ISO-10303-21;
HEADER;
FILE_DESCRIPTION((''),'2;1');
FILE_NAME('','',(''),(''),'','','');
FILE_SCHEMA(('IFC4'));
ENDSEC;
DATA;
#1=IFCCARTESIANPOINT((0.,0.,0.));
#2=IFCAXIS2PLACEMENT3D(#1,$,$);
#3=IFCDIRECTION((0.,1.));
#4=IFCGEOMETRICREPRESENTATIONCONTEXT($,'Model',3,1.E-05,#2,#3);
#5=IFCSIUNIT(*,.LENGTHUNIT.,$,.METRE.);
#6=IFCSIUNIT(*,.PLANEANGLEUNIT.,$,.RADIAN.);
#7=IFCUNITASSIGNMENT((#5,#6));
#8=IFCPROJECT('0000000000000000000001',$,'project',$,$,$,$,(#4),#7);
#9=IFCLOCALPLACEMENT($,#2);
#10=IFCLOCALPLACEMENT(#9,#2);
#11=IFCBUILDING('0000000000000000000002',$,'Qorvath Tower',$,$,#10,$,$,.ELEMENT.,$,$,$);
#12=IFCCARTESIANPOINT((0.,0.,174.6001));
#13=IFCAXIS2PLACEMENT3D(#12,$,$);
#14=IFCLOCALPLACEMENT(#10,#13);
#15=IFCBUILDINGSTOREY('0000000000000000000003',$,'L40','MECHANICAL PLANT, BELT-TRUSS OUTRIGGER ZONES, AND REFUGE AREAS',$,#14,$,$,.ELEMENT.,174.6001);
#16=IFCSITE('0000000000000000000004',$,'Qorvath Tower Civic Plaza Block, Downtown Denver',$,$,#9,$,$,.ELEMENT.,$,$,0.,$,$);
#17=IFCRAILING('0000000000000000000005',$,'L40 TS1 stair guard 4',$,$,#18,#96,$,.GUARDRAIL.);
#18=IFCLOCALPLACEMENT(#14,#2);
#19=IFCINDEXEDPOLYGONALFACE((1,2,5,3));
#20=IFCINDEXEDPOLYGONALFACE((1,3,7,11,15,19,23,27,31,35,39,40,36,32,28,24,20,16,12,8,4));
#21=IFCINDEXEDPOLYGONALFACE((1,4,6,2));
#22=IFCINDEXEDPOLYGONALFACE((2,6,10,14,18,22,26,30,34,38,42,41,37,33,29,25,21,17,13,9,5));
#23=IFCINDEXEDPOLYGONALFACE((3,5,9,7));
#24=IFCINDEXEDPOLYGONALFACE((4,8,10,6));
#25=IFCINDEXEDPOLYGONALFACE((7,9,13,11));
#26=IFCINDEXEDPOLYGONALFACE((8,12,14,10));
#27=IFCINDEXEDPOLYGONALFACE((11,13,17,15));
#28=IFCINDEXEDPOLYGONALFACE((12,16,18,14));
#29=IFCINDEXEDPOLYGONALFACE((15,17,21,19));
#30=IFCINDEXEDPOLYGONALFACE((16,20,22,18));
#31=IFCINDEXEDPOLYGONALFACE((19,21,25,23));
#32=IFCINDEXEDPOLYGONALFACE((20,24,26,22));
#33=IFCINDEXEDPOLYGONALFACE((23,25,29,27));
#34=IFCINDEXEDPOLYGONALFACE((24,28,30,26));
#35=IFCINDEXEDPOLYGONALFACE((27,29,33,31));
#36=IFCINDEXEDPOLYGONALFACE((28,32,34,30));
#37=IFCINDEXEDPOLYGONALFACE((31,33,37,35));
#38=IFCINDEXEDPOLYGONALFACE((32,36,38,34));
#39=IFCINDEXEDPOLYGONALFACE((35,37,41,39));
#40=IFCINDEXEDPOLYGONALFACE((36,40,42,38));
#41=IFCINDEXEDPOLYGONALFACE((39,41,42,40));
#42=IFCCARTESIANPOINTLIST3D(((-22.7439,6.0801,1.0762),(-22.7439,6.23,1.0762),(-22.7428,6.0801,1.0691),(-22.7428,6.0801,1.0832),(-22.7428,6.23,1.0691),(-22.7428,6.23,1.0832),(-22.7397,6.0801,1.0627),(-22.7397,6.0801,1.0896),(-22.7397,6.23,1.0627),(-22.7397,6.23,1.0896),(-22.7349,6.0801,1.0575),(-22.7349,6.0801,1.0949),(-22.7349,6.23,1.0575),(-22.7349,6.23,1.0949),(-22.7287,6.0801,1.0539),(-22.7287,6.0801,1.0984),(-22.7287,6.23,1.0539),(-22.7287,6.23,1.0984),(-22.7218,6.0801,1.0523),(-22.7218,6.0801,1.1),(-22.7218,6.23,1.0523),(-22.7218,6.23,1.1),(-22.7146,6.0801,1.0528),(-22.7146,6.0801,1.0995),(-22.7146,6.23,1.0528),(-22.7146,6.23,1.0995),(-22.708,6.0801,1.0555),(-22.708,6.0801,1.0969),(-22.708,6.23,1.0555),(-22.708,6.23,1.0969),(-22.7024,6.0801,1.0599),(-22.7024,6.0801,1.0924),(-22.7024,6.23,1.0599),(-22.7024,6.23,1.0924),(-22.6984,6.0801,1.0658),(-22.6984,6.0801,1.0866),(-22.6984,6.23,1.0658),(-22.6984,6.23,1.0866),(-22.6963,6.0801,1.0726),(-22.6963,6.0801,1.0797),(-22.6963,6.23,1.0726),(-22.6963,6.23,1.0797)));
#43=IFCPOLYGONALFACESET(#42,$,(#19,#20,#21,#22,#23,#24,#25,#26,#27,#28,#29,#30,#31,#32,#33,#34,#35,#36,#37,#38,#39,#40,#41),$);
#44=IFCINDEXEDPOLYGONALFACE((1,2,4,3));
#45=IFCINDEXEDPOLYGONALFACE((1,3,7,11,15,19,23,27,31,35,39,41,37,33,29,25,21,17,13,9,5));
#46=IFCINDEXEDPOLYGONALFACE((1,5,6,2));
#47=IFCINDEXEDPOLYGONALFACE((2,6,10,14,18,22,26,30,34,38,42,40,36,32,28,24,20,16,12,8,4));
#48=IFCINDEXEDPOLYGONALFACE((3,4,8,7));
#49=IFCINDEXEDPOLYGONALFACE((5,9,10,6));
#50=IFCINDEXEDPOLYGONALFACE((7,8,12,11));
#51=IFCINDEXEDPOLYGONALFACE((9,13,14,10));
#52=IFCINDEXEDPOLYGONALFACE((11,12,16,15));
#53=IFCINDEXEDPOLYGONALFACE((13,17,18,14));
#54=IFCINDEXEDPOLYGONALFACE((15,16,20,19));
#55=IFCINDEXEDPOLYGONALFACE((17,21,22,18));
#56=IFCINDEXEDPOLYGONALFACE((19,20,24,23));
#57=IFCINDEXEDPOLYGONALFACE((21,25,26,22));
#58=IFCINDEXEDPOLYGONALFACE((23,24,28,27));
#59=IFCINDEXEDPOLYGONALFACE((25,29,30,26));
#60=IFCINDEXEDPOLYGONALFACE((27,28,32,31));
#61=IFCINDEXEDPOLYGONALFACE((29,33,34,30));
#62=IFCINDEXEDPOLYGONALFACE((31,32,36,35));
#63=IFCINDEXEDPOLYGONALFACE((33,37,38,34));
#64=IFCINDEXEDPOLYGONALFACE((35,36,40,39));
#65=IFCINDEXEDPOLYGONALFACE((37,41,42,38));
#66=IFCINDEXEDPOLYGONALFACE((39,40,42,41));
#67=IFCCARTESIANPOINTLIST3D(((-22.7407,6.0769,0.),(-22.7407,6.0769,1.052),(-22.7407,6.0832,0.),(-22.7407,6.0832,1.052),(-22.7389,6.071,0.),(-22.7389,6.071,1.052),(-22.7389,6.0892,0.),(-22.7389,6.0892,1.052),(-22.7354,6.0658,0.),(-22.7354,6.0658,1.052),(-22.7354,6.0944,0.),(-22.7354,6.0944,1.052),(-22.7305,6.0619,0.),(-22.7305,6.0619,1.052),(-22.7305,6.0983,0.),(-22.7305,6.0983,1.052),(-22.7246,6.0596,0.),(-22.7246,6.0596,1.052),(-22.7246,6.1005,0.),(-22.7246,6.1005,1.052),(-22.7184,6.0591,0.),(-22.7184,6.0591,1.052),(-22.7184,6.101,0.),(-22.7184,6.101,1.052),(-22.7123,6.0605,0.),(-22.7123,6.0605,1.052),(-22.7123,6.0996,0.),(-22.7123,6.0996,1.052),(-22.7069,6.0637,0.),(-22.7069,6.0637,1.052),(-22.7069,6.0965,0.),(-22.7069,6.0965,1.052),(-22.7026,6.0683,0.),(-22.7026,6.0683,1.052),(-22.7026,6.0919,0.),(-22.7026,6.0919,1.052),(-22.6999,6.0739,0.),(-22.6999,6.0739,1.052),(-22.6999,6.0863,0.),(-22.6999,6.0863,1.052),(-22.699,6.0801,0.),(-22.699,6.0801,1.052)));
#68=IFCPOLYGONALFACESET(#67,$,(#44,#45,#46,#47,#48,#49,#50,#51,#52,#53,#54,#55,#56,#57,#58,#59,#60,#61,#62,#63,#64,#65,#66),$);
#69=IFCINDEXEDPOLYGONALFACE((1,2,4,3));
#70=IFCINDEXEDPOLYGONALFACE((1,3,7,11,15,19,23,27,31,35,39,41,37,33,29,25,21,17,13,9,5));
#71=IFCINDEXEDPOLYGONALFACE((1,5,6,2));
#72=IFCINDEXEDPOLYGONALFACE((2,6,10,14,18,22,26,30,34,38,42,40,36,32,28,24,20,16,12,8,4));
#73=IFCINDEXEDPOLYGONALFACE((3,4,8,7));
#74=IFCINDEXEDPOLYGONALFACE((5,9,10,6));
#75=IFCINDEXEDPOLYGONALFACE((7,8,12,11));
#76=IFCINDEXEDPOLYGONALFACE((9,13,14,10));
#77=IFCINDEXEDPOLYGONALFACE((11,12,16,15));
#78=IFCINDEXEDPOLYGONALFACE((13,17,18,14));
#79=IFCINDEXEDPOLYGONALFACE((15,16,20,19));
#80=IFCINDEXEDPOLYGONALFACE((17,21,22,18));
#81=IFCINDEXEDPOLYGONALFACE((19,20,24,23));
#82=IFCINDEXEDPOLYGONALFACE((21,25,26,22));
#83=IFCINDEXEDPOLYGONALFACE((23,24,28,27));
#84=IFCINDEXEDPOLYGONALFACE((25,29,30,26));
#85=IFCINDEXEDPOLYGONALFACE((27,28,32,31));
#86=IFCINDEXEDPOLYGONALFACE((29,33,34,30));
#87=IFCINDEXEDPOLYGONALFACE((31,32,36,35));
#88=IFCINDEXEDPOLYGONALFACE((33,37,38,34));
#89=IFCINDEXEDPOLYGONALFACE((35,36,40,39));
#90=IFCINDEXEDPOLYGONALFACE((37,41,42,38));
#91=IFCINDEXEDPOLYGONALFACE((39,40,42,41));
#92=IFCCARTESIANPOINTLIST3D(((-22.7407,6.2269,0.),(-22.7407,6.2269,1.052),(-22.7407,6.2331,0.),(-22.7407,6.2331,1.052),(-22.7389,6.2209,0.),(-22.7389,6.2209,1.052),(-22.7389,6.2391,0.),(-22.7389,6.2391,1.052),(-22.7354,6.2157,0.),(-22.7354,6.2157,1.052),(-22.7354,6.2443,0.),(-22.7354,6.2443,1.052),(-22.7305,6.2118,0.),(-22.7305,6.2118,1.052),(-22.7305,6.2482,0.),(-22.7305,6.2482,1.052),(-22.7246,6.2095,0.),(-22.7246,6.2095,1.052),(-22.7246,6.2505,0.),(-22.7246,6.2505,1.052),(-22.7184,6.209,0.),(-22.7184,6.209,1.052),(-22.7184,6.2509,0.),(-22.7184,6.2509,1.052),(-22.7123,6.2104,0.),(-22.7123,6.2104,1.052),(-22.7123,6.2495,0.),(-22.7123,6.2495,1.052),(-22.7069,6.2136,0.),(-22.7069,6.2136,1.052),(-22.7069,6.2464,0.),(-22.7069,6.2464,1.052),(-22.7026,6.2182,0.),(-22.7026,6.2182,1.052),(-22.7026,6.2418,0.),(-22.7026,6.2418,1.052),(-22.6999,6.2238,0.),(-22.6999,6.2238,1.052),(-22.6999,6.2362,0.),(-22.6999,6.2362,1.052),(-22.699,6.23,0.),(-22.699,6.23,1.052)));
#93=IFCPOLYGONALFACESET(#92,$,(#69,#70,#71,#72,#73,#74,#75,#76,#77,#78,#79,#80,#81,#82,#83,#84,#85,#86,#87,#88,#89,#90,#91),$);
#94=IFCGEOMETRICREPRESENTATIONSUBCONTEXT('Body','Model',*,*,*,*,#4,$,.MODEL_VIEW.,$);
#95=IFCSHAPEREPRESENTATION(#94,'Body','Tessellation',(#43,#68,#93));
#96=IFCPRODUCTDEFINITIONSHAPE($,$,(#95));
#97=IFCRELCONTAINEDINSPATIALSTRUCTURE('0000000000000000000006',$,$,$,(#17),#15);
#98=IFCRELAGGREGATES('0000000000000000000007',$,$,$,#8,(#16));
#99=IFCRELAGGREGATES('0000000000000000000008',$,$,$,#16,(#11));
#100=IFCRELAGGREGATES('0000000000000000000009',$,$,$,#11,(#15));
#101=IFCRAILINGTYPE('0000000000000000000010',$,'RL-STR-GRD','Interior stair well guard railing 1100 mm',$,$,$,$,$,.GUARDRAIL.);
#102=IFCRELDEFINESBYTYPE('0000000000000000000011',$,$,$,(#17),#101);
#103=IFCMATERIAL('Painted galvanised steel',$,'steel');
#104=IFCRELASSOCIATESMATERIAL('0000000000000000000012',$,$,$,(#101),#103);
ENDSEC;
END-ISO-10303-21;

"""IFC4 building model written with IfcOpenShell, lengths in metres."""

from ifc_helpers import new_model, si_unit, direction, frame, origin, origin_2d, place, context, subcontext, project, spatial, circle, extrude, material, type_object, element, save


model = new_model("IFC4")

# Units and contexts
model_context = context("Model", 3, precision=1e-05, world=origin(), true_north=direction((0.0, 1.0)))
body_context = subcontext(model_context, "Body", "Model", "MODEL_VIEW")
ifc_project = project(units=[si_unit("LENGTHUNIT", "METRE"), si_unit("PLANEANGLEUNIT", "RADIAN")], contexts=[model_context])

# Site, building, storey
site_placement = place(None, origin())
site = spatial("IfcSite", under=ifc_project, at=site_placement, Name="Qorvath Tower Civic Plaza Block, Downtown Denver", CompositionType="ELEMENT", RefElevation=0.0)
building_placement = place(site_placement, origin())
building = spatial("IfcBuilding", under=site, at=building_placement, Name="Qorvath Tower", CompositionType="ELEMENT")
storey_placement = place(building_placement, frame((0.0, 0.0, 174.6001)))
storey = spatial("IfcBuildingStorey", under=building, at=storey_placement, Name="L40", Description="MECHANICAL PLANT, BELT-TRUSS OUTRIGGER ZONES, AND REFUGE AREAS", CompositionType="ELEMENT", Elevation=174.6001)

# Railing
ifc_material_1 = material(Name="Painted galvanised steel", Category="steel")
railing_type_1 = type_object("IfcRailingType", Name="RL-STR-GRD", Description="Interior stair well guard railing 1100 mm", PredefinedType="GUARDRAIL", material=ifc_material_1)
railing_1_placement = place(storey_placement, frame((-22.72, 6.0801, 0.0)))
element("IfcRailing", 1, at=railing_1_placement, inside=storey, type_object=railing_type_1, Name="L40 TS1 stair guard 4", PredefinedType="GUARDRAIL", context=body_context, shape_type="SweptSolid", body=[
    extrude(circle(Radius=0.0239, at=origin_2d()), frame((0.0, 0.0, 1.0762), z_axis=(0.0, 1.0, 0.0), x_axis=(-1.0, 0.0, 0.0)), (0.0, 0.0, 1.0), 0.1499),
    extrude(circle(Radius=0.021, at=origin_2d()), origin(), (0.0, 0.0, 1.0), 1.052),
    extrude(circle(Radius=0.021, at=origin_2d()), frame((0.0, 0.1499, 0.0)), (0.0, 0.0, 1.0), 1.052),
])

save(model, "model.ifc")
